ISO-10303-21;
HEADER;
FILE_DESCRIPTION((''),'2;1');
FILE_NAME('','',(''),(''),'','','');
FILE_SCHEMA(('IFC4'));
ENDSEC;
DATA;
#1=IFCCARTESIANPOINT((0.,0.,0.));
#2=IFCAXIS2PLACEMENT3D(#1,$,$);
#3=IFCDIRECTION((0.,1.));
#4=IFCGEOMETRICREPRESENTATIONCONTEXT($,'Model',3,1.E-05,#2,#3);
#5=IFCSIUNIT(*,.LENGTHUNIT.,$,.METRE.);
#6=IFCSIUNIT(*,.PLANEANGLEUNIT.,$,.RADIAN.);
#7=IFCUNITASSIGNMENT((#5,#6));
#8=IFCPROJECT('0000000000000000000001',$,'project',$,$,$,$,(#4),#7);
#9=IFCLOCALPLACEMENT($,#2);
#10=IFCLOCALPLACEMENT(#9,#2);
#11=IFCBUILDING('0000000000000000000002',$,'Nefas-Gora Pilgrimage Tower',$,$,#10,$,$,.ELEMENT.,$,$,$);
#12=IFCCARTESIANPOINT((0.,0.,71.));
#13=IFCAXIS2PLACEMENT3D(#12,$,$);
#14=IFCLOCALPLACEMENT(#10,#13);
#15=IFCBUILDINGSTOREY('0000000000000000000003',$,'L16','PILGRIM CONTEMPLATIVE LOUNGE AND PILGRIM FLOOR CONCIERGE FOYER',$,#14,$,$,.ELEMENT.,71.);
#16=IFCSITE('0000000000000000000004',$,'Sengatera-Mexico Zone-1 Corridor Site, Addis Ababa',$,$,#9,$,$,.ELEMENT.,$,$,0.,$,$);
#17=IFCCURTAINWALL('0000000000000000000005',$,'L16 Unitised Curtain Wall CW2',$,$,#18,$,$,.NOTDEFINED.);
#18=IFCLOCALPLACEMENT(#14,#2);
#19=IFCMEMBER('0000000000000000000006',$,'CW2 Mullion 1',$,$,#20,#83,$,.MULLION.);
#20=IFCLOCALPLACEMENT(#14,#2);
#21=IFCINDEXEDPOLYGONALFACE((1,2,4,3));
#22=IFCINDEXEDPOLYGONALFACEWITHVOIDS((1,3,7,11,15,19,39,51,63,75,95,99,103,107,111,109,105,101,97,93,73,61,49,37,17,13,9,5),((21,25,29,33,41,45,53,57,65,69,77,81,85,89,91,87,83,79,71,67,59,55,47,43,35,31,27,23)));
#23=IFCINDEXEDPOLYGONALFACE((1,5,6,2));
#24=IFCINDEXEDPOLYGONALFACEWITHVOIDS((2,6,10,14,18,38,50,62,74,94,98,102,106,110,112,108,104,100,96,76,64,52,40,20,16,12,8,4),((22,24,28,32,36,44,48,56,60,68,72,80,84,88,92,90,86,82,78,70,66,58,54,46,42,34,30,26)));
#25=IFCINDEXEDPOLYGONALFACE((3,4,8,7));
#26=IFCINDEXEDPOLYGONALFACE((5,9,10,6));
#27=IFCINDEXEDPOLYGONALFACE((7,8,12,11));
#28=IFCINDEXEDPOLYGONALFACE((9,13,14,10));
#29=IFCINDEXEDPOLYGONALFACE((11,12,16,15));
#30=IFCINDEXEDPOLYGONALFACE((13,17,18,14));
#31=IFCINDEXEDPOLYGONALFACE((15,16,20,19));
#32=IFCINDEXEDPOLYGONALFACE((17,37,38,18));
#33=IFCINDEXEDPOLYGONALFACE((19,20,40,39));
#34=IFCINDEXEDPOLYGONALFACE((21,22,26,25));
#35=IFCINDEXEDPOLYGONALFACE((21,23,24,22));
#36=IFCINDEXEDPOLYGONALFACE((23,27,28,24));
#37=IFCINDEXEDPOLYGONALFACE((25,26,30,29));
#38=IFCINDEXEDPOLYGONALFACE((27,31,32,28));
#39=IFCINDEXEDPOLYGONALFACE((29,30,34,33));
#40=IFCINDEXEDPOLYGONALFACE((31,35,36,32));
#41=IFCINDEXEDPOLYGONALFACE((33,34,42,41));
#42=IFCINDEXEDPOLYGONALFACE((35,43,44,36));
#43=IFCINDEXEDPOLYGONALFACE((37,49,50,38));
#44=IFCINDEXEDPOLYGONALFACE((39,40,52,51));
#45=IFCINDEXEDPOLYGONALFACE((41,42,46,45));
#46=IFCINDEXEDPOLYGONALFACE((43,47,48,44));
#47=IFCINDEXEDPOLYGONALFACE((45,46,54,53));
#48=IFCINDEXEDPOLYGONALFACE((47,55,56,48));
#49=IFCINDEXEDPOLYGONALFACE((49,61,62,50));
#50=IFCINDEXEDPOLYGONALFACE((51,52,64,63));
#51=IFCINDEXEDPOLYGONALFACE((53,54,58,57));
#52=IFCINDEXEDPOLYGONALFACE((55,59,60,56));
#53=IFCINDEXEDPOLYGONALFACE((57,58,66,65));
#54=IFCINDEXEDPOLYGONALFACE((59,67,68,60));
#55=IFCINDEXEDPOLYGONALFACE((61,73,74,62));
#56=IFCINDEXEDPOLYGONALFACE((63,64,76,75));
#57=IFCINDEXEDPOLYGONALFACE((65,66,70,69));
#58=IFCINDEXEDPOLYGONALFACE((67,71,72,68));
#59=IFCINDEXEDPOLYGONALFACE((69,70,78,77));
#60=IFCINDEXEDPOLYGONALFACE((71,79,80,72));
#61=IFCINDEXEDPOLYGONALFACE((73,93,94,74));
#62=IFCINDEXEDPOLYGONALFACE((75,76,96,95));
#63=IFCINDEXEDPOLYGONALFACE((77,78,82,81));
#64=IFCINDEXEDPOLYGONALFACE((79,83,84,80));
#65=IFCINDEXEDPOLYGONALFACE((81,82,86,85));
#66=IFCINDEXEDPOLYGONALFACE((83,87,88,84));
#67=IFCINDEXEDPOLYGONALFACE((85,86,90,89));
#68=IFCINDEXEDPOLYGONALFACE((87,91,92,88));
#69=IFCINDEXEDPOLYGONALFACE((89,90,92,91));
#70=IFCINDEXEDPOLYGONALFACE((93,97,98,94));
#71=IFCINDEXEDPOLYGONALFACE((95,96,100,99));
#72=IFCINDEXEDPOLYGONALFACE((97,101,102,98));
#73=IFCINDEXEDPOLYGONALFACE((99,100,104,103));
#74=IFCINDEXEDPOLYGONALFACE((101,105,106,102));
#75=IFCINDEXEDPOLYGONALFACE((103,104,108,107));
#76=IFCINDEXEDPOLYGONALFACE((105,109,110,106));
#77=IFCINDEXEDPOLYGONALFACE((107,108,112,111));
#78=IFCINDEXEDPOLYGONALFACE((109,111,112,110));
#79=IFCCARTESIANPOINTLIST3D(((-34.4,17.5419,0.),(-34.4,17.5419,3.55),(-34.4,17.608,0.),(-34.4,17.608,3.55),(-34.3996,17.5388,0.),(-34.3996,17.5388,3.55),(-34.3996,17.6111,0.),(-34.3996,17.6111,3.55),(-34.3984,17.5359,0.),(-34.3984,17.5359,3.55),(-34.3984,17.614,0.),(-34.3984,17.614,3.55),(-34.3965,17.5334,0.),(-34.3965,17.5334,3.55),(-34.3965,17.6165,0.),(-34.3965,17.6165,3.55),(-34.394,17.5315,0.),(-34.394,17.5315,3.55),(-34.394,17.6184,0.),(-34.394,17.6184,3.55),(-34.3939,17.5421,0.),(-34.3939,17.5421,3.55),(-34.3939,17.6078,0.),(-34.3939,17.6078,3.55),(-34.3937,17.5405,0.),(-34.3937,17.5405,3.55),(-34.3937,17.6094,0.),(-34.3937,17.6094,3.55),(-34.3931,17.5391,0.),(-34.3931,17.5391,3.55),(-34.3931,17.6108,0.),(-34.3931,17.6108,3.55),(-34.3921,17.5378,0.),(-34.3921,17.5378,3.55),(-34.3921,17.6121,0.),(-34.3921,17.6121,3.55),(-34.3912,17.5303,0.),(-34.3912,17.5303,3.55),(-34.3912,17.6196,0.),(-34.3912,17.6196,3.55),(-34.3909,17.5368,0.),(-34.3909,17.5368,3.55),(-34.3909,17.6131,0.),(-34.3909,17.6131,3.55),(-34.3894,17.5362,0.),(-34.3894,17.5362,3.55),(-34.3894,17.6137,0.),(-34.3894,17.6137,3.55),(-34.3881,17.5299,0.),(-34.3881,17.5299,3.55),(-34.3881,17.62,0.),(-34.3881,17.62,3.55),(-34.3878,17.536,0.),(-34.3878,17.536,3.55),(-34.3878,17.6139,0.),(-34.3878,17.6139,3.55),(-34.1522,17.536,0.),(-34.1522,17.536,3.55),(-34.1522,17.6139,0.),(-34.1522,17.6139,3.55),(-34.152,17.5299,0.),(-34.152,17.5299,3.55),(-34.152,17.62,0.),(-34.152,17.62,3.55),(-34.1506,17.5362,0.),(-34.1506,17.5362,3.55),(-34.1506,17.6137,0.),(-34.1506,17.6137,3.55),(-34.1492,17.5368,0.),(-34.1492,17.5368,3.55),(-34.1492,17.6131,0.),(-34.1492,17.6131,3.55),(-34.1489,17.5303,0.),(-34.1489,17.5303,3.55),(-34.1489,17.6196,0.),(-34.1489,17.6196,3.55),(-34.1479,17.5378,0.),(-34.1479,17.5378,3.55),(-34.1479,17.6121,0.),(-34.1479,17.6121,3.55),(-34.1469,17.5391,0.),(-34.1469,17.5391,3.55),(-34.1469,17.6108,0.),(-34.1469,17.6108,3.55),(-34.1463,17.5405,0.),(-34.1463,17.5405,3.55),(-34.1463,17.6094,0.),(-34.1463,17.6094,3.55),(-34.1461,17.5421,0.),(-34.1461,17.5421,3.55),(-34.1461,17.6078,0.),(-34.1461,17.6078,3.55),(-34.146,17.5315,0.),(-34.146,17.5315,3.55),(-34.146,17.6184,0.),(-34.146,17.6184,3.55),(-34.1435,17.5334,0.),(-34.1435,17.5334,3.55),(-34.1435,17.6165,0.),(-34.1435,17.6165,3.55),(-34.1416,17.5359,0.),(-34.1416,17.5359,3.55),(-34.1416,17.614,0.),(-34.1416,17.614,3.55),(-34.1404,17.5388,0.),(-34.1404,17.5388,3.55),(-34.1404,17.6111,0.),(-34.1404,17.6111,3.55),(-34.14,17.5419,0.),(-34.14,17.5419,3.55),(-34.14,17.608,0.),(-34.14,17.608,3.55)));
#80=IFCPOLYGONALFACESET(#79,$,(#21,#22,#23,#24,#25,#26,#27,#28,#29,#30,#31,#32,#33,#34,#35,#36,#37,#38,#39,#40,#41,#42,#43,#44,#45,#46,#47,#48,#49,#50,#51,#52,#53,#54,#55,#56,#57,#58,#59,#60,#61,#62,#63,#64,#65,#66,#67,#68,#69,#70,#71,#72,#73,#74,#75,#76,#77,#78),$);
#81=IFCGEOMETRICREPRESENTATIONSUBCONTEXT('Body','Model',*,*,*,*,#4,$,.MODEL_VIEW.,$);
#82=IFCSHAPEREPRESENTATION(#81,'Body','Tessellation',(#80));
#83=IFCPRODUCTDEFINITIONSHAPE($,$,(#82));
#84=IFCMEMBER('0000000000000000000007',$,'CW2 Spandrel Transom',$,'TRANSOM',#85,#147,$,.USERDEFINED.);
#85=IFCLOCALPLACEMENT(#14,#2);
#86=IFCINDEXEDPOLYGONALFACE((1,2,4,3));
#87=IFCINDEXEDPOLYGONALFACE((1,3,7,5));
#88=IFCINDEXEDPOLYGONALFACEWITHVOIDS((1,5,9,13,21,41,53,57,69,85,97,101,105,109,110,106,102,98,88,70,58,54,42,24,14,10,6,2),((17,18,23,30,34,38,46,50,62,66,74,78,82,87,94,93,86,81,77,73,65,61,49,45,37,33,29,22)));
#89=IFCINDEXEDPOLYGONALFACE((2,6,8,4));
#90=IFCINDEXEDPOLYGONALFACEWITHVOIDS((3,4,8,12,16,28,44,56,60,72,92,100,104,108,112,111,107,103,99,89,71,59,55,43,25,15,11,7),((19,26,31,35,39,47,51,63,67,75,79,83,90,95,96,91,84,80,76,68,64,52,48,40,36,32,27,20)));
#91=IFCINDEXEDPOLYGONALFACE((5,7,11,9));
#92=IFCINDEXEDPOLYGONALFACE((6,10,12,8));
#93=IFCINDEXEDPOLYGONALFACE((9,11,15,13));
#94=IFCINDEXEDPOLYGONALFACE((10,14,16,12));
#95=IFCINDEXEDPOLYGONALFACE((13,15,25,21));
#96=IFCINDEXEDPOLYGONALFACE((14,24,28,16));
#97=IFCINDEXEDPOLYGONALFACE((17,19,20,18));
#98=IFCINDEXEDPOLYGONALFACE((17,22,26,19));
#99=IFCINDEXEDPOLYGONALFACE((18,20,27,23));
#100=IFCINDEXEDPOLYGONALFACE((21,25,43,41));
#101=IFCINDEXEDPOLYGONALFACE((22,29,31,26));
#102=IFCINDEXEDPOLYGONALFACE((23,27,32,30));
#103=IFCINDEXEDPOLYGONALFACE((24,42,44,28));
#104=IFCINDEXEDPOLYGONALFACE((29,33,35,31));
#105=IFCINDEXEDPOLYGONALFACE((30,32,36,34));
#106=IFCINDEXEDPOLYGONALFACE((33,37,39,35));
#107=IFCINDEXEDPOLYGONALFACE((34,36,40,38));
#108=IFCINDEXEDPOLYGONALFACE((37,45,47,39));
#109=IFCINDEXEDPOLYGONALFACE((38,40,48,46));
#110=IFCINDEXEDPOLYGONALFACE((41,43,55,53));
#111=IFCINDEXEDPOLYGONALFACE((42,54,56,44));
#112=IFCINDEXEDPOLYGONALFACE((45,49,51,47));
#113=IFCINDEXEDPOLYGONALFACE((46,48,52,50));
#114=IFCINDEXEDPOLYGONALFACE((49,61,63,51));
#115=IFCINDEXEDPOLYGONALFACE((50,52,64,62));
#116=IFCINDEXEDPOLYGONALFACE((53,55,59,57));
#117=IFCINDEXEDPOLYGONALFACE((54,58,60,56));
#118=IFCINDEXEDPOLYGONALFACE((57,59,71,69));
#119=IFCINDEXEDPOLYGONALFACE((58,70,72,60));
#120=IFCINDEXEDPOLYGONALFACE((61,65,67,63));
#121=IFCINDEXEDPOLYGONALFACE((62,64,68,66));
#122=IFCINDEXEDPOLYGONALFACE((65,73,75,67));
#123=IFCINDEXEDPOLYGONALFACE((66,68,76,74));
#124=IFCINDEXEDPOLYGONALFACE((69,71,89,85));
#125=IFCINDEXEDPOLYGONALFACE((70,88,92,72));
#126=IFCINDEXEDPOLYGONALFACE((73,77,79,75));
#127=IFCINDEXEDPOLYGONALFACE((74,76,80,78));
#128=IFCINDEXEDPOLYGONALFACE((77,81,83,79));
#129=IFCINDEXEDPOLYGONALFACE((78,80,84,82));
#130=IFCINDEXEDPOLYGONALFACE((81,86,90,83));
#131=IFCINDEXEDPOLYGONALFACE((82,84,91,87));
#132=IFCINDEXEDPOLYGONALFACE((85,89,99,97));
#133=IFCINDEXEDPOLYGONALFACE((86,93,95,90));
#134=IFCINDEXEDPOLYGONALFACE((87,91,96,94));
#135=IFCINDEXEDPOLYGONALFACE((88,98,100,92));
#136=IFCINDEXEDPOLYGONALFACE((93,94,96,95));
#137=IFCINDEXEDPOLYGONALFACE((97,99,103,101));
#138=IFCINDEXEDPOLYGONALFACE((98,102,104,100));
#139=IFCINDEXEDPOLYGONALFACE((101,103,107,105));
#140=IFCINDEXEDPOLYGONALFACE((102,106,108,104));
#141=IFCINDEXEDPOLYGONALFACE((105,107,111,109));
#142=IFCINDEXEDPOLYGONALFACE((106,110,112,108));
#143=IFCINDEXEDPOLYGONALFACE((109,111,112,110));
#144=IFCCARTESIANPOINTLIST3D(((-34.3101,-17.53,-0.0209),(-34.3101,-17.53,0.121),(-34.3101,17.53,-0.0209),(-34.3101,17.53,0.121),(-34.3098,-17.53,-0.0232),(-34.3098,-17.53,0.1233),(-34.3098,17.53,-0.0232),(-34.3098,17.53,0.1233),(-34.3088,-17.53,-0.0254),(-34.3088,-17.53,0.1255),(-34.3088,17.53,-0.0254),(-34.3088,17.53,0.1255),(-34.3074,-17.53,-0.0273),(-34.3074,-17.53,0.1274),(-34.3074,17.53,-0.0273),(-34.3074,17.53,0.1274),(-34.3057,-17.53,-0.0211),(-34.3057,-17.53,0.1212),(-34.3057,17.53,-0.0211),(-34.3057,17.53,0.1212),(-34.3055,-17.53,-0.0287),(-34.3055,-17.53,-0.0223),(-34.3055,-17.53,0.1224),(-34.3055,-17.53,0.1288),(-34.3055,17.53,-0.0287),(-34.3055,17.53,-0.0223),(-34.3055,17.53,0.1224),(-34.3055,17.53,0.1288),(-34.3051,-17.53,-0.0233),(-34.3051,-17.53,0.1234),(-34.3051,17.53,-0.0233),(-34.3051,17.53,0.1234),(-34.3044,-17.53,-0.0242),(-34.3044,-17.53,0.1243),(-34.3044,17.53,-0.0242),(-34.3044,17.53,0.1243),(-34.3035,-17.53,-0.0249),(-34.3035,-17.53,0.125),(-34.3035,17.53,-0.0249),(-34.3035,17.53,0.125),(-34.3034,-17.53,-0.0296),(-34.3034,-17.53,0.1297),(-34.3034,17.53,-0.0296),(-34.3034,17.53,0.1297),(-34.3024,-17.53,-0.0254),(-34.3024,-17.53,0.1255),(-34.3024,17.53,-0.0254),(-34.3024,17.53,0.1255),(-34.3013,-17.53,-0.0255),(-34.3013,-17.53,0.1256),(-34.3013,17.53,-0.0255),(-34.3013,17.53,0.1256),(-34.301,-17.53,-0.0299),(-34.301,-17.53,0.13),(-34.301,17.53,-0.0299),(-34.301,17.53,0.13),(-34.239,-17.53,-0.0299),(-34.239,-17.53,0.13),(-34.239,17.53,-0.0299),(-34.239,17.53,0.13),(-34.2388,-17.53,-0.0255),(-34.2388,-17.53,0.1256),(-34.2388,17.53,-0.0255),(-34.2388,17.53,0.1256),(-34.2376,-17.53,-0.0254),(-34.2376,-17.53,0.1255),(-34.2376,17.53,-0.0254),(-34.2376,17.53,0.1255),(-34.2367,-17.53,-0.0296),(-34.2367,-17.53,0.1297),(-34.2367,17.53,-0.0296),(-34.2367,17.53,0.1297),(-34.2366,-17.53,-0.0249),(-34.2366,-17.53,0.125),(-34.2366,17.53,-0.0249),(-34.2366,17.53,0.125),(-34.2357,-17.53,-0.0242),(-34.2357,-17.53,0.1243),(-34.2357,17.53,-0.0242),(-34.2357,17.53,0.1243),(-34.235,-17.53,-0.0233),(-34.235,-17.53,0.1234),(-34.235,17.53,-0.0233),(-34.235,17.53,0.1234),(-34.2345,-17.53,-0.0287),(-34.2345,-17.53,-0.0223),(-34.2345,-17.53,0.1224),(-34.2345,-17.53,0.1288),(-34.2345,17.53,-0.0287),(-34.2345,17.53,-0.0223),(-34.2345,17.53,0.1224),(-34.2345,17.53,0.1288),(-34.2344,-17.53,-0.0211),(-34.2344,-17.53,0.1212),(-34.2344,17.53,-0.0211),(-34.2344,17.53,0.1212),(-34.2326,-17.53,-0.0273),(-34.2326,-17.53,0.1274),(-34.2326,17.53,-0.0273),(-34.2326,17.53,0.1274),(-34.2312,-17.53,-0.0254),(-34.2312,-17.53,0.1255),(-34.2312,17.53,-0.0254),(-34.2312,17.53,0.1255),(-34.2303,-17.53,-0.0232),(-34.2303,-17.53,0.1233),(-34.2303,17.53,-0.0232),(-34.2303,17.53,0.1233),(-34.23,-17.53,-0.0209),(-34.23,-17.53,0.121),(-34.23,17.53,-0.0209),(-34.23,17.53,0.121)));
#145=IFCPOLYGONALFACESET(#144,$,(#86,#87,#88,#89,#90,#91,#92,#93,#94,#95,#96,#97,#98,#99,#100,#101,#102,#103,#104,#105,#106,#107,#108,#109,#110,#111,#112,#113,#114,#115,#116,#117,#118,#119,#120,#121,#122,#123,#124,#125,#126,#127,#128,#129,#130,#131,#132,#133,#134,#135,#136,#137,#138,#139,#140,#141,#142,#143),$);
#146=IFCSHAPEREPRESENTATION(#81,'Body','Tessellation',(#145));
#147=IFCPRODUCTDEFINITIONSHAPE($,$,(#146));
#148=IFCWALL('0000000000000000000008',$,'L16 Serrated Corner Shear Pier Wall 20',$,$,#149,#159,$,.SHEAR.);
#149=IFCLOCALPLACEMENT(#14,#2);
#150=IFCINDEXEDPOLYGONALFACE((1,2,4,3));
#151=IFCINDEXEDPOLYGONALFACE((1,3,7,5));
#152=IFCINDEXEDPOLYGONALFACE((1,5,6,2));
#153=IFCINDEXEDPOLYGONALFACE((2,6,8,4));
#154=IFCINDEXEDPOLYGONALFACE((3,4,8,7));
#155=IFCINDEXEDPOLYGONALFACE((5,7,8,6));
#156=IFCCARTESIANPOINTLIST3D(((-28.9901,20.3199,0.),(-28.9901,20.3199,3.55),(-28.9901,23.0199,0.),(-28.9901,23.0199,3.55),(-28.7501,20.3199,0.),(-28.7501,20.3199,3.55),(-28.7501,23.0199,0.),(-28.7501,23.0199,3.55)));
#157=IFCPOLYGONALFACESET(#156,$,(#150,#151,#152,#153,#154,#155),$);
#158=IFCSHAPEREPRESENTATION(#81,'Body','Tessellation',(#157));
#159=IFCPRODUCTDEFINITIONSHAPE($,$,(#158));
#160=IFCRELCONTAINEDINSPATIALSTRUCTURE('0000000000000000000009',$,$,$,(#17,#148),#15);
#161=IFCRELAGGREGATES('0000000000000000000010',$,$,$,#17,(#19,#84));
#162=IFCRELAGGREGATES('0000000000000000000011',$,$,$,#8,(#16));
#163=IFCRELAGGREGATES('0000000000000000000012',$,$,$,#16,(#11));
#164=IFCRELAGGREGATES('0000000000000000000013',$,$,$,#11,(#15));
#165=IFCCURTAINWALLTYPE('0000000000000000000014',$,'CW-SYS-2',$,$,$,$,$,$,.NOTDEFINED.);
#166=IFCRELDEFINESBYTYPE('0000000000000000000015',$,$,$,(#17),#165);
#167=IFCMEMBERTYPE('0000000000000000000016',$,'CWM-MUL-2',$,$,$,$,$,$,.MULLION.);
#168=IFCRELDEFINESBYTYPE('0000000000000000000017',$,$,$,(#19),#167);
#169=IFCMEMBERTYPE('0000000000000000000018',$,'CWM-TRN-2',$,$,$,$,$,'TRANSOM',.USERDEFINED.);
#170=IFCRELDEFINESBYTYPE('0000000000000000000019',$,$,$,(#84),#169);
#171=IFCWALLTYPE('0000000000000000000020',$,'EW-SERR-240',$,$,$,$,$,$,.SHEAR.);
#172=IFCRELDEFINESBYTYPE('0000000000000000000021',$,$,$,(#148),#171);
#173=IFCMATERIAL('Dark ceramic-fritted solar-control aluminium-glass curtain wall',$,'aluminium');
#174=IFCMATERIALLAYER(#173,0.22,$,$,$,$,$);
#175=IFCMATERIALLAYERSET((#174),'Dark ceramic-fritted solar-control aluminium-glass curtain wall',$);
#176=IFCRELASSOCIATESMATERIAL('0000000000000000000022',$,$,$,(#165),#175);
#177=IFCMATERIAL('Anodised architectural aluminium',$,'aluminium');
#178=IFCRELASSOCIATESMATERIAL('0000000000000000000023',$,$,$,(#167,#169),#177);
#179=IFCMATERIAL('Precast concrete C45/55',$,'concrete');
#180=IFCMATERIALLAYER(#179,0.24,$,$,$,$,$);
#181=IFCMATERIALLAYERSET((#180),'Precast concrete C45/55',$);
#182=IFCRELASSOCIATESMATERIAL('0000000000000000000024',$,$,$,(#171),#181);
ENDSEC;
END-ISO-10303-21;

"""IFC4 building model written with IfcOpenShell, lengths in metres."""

from ifc_helpers import new_model, si_unit, direction, frame, frame_2d, origin, origin_2d, place, context, subcontext, project, spatial, rectangle, hollow_rectangle, extrude, source, transform, mapped, material, layer, layer_set, material_profile, profile_set, type_object, element, aggregate, save


model = new_model("IFC4")

# Units and contexts
model_context = context("Model", 3, precision=1e-05, world=origin(), true_north=direction((0.0, 1.0)))
body_context = subcontext(model_context, "Body", "Model", "MODEL_VIEW")
ifc_project = project(units=[si_unit("LENGTHUNIT", "METRE"), si_unit("PLANEANGLEUNIT", "RADIAN")], contexts=[model_context])

# Site, building, storey
site_placement = place(None, origin())
site = spatial("IfcSite", under=ifc_project, at=site_placement, Name="Sengatera-Mexico Zone-1 Corridor Site, Addis Ababa", CompositionType="ELEMENT", RefElevation=0.0)
building_placement = place(site_placement, origin())
building = spatial("IfcBuilding", under=site, at=building_placement, Name="Nefas-Gora Pilgrimage Tower", CompositionType="ELEMENT")
storey_placement = place(building_placement, frame((0.0, 0.0, 71.0)))
storey = spatial("IfcBuildingStorey", under=building, at=storey_placement, Name="L16", Description="PILGRIM CONTEMPLATIVE LOUNGE AND PILGRIM FLOOR CONCIERGE FOYER", CompositionType="ELEMENT", Elevation=71.0)

# Shared definitions
ifc_material_1 = material(Name="Dark ceramic-fritted solar-control aluminium-glass curtain wall", Category="aluminium")
ifc_layer_1 = layer(ifc_material_1, 0.22)
ifc_layer_set_1 = layer_set([ifc_layer_1], Name="Dark ceramic-fritted solar-control aluminium-glass curtain wall")
curtain_wall_type = type_object("IfcCurtainWallType", Name="CW-SYS-2", PredefinedType="NOTDEFINED", material=ifc_layer_set_1)
ifc_material_2 = material(Name="Anodised architectural aluminium", Category="aluminium")
ifc_material_profile_1 = material_profile(ifc_material_2, hollow_rectangle(XDim=0.0901, YDim=0.26, WallThickness=0.0061, InnerFilletRadius=0.0061, OuterFilletRadius=0.012, at=origin_2d()), Name="ALU MULLION 90x260")
ifc_profile_set_1 = profile_set([ifc_material_profile_1], Name="Anodised architectural aluminium")
member_type_1 = type_object("IfcMemberType", Name="CWM-MUL-2", PredefinedType="MULLION", material=ifc_profile_set_1)
shared_shape_1 = source(origin(), body_context, "Body", "SweptSolid", [
    extrude(hollow_rectangle(XDim=0.0901, YDim=0.26, WallThickness=0.0061, InnerFilletRadius=0.0061, OuterFilletRadius=0.012, at=origin_2d()), origin(), (0.0, 0.0, 1.0), 3.55),
])

# Curtain wall, members
curtain_wall_1_placement = place(storey_placement, origin())
curtain_wall_1 = element("IfcCurtainWall", 1, at=curtain_wall_1_placement, inside=storey, type_object=curtain_wall_type, Name="L16 Unitised Curtain Wall CW2", PredefinedType="NOTDEFINED")
member_1_placement = place(storey_placement, frame((-34.27, 17.575, 0.0), z_axis=(0.0, 0.0, 1.0), x_axis=(0.0, -1.0, 0.0)))
member_1 = element("IfcMember", 2, at=member_1_placement, type_object=member_type_1, Name="CW2 Mullion 1", PredefinedType="MULLION", context=body_context, shape_type="MappedRepresentation", body=[
    mapped(shared_shape_1, transform((0.0, 0.0, 0.0), x_axis=(1.0, 0.0, 0.0), y_axis=(0.0, 1.0, 0.0), z_axis=(0.0, 0.0, 1.0), scale=1.0)),
])
ifc_material_profile_2 = material_profile(ifc_material_2, hollow_rectangle(XDim=0.0801, YDim=0.1599, WallThickness=0.0044, InnerFilletRadius=0.0044, OuterFilletRadius=0.009, at=origin_2d()), Name="ALU TRANSOM 80x160")
ifc_profile_set_2 = profile_set([ifc_material_profile_2], Name="Anodised architectural aluminium")
member_type_2 = type_object("IfcMemberType", Name="CWM-TRN-2", ElementType="TRANSOM", PredefinedType="USERDEFINED", material=ifc_profile_set_2)
shared_shape_2 = source(origin(), body_context, "Body", "SweptSolid", [
    extrude(hollow_rectangle(XDim=0.0801, YDim=0.1599, WallThickness=0.0044, InnerFilletRadius=0.0044, OuterFilletRadius=0.009, at=origin_2d()), origin(), (0.0, 0.0, 1.0), 35.0601),
])
member_2_placement = place(storey_placement, frame((-34.27, 17.53, 0.05), z_axis=(0.0, -1.0, 0.0), x_axis=(1.0, 0.0, 0.0)))
member_2 = element("IfcMember", 3, at=member_2_placement, type_object=member_type_2, Name="CW2 Spandrel Transom", ObjectType="TRANSOM", PredefinedType="USERDEFINED", context=body_context, shape_type="MappedRepresentation", body=[
    mapped(shared_shape_2, transform((0.0, 0.0, 0.0), x_axis=(1.0, 0.0, 0.0), y_axis=(0.0, 1.0, 0.0), z_axis=(0.0, 0.0, 1.0), scale=1.0)),
])
aggregate(curtain_wall_1, [member_1, member_2])

# Wall
ifc_material_3 = material(Name="Precast concrete C45/55", Category="concrete")
ifc_layer_2 = layer(ifc_material_3, 0.24)
ifc_layer_set_2 = layer_set([ifc_layer_2], Name="Precast concrete C45/55")
wall_type_1 = type_object("IfcWallType", Name="EW-SERR-240", PredefinedType="SHEAR", material=ifc_layer_set_2)
shared_shape_3 = source(origin(), body_context, "Body", "SweptSolid", [
    extrude(rectangle(XDim=2.7, YDim=0.24, at=frame_2d((1.3501, 0.0))), origin(), (0.0, 0.0, 1.0), 3.55),
])
wall_1_placement = place(storey_placement, frame((-28.8701, 23.02, 0.0), z_axis=(0.0, 0.0, 1.0), x_axis=(0.0, -1.0, 0.0)))
element("IfcWall", 4, at=wall_1_placement, inside=storey, type_object=wall_type_1, Name="L16 Serrated Corner Shear Pier Wall 20", PredefinedType="SHEAR", context=body_context, shape_type="MappedRepresentation", body=[
    mapped(shared_shape_3, transform((0.0, 0.0, 0.0), x_axis=(1.0, 0.0, 0.0), y_axis=(0.0, 1.0, 0.0), z_axis=(0.0, 0.0, 1.0), scale=1.0)),
])

save(model, "model.ifc")
